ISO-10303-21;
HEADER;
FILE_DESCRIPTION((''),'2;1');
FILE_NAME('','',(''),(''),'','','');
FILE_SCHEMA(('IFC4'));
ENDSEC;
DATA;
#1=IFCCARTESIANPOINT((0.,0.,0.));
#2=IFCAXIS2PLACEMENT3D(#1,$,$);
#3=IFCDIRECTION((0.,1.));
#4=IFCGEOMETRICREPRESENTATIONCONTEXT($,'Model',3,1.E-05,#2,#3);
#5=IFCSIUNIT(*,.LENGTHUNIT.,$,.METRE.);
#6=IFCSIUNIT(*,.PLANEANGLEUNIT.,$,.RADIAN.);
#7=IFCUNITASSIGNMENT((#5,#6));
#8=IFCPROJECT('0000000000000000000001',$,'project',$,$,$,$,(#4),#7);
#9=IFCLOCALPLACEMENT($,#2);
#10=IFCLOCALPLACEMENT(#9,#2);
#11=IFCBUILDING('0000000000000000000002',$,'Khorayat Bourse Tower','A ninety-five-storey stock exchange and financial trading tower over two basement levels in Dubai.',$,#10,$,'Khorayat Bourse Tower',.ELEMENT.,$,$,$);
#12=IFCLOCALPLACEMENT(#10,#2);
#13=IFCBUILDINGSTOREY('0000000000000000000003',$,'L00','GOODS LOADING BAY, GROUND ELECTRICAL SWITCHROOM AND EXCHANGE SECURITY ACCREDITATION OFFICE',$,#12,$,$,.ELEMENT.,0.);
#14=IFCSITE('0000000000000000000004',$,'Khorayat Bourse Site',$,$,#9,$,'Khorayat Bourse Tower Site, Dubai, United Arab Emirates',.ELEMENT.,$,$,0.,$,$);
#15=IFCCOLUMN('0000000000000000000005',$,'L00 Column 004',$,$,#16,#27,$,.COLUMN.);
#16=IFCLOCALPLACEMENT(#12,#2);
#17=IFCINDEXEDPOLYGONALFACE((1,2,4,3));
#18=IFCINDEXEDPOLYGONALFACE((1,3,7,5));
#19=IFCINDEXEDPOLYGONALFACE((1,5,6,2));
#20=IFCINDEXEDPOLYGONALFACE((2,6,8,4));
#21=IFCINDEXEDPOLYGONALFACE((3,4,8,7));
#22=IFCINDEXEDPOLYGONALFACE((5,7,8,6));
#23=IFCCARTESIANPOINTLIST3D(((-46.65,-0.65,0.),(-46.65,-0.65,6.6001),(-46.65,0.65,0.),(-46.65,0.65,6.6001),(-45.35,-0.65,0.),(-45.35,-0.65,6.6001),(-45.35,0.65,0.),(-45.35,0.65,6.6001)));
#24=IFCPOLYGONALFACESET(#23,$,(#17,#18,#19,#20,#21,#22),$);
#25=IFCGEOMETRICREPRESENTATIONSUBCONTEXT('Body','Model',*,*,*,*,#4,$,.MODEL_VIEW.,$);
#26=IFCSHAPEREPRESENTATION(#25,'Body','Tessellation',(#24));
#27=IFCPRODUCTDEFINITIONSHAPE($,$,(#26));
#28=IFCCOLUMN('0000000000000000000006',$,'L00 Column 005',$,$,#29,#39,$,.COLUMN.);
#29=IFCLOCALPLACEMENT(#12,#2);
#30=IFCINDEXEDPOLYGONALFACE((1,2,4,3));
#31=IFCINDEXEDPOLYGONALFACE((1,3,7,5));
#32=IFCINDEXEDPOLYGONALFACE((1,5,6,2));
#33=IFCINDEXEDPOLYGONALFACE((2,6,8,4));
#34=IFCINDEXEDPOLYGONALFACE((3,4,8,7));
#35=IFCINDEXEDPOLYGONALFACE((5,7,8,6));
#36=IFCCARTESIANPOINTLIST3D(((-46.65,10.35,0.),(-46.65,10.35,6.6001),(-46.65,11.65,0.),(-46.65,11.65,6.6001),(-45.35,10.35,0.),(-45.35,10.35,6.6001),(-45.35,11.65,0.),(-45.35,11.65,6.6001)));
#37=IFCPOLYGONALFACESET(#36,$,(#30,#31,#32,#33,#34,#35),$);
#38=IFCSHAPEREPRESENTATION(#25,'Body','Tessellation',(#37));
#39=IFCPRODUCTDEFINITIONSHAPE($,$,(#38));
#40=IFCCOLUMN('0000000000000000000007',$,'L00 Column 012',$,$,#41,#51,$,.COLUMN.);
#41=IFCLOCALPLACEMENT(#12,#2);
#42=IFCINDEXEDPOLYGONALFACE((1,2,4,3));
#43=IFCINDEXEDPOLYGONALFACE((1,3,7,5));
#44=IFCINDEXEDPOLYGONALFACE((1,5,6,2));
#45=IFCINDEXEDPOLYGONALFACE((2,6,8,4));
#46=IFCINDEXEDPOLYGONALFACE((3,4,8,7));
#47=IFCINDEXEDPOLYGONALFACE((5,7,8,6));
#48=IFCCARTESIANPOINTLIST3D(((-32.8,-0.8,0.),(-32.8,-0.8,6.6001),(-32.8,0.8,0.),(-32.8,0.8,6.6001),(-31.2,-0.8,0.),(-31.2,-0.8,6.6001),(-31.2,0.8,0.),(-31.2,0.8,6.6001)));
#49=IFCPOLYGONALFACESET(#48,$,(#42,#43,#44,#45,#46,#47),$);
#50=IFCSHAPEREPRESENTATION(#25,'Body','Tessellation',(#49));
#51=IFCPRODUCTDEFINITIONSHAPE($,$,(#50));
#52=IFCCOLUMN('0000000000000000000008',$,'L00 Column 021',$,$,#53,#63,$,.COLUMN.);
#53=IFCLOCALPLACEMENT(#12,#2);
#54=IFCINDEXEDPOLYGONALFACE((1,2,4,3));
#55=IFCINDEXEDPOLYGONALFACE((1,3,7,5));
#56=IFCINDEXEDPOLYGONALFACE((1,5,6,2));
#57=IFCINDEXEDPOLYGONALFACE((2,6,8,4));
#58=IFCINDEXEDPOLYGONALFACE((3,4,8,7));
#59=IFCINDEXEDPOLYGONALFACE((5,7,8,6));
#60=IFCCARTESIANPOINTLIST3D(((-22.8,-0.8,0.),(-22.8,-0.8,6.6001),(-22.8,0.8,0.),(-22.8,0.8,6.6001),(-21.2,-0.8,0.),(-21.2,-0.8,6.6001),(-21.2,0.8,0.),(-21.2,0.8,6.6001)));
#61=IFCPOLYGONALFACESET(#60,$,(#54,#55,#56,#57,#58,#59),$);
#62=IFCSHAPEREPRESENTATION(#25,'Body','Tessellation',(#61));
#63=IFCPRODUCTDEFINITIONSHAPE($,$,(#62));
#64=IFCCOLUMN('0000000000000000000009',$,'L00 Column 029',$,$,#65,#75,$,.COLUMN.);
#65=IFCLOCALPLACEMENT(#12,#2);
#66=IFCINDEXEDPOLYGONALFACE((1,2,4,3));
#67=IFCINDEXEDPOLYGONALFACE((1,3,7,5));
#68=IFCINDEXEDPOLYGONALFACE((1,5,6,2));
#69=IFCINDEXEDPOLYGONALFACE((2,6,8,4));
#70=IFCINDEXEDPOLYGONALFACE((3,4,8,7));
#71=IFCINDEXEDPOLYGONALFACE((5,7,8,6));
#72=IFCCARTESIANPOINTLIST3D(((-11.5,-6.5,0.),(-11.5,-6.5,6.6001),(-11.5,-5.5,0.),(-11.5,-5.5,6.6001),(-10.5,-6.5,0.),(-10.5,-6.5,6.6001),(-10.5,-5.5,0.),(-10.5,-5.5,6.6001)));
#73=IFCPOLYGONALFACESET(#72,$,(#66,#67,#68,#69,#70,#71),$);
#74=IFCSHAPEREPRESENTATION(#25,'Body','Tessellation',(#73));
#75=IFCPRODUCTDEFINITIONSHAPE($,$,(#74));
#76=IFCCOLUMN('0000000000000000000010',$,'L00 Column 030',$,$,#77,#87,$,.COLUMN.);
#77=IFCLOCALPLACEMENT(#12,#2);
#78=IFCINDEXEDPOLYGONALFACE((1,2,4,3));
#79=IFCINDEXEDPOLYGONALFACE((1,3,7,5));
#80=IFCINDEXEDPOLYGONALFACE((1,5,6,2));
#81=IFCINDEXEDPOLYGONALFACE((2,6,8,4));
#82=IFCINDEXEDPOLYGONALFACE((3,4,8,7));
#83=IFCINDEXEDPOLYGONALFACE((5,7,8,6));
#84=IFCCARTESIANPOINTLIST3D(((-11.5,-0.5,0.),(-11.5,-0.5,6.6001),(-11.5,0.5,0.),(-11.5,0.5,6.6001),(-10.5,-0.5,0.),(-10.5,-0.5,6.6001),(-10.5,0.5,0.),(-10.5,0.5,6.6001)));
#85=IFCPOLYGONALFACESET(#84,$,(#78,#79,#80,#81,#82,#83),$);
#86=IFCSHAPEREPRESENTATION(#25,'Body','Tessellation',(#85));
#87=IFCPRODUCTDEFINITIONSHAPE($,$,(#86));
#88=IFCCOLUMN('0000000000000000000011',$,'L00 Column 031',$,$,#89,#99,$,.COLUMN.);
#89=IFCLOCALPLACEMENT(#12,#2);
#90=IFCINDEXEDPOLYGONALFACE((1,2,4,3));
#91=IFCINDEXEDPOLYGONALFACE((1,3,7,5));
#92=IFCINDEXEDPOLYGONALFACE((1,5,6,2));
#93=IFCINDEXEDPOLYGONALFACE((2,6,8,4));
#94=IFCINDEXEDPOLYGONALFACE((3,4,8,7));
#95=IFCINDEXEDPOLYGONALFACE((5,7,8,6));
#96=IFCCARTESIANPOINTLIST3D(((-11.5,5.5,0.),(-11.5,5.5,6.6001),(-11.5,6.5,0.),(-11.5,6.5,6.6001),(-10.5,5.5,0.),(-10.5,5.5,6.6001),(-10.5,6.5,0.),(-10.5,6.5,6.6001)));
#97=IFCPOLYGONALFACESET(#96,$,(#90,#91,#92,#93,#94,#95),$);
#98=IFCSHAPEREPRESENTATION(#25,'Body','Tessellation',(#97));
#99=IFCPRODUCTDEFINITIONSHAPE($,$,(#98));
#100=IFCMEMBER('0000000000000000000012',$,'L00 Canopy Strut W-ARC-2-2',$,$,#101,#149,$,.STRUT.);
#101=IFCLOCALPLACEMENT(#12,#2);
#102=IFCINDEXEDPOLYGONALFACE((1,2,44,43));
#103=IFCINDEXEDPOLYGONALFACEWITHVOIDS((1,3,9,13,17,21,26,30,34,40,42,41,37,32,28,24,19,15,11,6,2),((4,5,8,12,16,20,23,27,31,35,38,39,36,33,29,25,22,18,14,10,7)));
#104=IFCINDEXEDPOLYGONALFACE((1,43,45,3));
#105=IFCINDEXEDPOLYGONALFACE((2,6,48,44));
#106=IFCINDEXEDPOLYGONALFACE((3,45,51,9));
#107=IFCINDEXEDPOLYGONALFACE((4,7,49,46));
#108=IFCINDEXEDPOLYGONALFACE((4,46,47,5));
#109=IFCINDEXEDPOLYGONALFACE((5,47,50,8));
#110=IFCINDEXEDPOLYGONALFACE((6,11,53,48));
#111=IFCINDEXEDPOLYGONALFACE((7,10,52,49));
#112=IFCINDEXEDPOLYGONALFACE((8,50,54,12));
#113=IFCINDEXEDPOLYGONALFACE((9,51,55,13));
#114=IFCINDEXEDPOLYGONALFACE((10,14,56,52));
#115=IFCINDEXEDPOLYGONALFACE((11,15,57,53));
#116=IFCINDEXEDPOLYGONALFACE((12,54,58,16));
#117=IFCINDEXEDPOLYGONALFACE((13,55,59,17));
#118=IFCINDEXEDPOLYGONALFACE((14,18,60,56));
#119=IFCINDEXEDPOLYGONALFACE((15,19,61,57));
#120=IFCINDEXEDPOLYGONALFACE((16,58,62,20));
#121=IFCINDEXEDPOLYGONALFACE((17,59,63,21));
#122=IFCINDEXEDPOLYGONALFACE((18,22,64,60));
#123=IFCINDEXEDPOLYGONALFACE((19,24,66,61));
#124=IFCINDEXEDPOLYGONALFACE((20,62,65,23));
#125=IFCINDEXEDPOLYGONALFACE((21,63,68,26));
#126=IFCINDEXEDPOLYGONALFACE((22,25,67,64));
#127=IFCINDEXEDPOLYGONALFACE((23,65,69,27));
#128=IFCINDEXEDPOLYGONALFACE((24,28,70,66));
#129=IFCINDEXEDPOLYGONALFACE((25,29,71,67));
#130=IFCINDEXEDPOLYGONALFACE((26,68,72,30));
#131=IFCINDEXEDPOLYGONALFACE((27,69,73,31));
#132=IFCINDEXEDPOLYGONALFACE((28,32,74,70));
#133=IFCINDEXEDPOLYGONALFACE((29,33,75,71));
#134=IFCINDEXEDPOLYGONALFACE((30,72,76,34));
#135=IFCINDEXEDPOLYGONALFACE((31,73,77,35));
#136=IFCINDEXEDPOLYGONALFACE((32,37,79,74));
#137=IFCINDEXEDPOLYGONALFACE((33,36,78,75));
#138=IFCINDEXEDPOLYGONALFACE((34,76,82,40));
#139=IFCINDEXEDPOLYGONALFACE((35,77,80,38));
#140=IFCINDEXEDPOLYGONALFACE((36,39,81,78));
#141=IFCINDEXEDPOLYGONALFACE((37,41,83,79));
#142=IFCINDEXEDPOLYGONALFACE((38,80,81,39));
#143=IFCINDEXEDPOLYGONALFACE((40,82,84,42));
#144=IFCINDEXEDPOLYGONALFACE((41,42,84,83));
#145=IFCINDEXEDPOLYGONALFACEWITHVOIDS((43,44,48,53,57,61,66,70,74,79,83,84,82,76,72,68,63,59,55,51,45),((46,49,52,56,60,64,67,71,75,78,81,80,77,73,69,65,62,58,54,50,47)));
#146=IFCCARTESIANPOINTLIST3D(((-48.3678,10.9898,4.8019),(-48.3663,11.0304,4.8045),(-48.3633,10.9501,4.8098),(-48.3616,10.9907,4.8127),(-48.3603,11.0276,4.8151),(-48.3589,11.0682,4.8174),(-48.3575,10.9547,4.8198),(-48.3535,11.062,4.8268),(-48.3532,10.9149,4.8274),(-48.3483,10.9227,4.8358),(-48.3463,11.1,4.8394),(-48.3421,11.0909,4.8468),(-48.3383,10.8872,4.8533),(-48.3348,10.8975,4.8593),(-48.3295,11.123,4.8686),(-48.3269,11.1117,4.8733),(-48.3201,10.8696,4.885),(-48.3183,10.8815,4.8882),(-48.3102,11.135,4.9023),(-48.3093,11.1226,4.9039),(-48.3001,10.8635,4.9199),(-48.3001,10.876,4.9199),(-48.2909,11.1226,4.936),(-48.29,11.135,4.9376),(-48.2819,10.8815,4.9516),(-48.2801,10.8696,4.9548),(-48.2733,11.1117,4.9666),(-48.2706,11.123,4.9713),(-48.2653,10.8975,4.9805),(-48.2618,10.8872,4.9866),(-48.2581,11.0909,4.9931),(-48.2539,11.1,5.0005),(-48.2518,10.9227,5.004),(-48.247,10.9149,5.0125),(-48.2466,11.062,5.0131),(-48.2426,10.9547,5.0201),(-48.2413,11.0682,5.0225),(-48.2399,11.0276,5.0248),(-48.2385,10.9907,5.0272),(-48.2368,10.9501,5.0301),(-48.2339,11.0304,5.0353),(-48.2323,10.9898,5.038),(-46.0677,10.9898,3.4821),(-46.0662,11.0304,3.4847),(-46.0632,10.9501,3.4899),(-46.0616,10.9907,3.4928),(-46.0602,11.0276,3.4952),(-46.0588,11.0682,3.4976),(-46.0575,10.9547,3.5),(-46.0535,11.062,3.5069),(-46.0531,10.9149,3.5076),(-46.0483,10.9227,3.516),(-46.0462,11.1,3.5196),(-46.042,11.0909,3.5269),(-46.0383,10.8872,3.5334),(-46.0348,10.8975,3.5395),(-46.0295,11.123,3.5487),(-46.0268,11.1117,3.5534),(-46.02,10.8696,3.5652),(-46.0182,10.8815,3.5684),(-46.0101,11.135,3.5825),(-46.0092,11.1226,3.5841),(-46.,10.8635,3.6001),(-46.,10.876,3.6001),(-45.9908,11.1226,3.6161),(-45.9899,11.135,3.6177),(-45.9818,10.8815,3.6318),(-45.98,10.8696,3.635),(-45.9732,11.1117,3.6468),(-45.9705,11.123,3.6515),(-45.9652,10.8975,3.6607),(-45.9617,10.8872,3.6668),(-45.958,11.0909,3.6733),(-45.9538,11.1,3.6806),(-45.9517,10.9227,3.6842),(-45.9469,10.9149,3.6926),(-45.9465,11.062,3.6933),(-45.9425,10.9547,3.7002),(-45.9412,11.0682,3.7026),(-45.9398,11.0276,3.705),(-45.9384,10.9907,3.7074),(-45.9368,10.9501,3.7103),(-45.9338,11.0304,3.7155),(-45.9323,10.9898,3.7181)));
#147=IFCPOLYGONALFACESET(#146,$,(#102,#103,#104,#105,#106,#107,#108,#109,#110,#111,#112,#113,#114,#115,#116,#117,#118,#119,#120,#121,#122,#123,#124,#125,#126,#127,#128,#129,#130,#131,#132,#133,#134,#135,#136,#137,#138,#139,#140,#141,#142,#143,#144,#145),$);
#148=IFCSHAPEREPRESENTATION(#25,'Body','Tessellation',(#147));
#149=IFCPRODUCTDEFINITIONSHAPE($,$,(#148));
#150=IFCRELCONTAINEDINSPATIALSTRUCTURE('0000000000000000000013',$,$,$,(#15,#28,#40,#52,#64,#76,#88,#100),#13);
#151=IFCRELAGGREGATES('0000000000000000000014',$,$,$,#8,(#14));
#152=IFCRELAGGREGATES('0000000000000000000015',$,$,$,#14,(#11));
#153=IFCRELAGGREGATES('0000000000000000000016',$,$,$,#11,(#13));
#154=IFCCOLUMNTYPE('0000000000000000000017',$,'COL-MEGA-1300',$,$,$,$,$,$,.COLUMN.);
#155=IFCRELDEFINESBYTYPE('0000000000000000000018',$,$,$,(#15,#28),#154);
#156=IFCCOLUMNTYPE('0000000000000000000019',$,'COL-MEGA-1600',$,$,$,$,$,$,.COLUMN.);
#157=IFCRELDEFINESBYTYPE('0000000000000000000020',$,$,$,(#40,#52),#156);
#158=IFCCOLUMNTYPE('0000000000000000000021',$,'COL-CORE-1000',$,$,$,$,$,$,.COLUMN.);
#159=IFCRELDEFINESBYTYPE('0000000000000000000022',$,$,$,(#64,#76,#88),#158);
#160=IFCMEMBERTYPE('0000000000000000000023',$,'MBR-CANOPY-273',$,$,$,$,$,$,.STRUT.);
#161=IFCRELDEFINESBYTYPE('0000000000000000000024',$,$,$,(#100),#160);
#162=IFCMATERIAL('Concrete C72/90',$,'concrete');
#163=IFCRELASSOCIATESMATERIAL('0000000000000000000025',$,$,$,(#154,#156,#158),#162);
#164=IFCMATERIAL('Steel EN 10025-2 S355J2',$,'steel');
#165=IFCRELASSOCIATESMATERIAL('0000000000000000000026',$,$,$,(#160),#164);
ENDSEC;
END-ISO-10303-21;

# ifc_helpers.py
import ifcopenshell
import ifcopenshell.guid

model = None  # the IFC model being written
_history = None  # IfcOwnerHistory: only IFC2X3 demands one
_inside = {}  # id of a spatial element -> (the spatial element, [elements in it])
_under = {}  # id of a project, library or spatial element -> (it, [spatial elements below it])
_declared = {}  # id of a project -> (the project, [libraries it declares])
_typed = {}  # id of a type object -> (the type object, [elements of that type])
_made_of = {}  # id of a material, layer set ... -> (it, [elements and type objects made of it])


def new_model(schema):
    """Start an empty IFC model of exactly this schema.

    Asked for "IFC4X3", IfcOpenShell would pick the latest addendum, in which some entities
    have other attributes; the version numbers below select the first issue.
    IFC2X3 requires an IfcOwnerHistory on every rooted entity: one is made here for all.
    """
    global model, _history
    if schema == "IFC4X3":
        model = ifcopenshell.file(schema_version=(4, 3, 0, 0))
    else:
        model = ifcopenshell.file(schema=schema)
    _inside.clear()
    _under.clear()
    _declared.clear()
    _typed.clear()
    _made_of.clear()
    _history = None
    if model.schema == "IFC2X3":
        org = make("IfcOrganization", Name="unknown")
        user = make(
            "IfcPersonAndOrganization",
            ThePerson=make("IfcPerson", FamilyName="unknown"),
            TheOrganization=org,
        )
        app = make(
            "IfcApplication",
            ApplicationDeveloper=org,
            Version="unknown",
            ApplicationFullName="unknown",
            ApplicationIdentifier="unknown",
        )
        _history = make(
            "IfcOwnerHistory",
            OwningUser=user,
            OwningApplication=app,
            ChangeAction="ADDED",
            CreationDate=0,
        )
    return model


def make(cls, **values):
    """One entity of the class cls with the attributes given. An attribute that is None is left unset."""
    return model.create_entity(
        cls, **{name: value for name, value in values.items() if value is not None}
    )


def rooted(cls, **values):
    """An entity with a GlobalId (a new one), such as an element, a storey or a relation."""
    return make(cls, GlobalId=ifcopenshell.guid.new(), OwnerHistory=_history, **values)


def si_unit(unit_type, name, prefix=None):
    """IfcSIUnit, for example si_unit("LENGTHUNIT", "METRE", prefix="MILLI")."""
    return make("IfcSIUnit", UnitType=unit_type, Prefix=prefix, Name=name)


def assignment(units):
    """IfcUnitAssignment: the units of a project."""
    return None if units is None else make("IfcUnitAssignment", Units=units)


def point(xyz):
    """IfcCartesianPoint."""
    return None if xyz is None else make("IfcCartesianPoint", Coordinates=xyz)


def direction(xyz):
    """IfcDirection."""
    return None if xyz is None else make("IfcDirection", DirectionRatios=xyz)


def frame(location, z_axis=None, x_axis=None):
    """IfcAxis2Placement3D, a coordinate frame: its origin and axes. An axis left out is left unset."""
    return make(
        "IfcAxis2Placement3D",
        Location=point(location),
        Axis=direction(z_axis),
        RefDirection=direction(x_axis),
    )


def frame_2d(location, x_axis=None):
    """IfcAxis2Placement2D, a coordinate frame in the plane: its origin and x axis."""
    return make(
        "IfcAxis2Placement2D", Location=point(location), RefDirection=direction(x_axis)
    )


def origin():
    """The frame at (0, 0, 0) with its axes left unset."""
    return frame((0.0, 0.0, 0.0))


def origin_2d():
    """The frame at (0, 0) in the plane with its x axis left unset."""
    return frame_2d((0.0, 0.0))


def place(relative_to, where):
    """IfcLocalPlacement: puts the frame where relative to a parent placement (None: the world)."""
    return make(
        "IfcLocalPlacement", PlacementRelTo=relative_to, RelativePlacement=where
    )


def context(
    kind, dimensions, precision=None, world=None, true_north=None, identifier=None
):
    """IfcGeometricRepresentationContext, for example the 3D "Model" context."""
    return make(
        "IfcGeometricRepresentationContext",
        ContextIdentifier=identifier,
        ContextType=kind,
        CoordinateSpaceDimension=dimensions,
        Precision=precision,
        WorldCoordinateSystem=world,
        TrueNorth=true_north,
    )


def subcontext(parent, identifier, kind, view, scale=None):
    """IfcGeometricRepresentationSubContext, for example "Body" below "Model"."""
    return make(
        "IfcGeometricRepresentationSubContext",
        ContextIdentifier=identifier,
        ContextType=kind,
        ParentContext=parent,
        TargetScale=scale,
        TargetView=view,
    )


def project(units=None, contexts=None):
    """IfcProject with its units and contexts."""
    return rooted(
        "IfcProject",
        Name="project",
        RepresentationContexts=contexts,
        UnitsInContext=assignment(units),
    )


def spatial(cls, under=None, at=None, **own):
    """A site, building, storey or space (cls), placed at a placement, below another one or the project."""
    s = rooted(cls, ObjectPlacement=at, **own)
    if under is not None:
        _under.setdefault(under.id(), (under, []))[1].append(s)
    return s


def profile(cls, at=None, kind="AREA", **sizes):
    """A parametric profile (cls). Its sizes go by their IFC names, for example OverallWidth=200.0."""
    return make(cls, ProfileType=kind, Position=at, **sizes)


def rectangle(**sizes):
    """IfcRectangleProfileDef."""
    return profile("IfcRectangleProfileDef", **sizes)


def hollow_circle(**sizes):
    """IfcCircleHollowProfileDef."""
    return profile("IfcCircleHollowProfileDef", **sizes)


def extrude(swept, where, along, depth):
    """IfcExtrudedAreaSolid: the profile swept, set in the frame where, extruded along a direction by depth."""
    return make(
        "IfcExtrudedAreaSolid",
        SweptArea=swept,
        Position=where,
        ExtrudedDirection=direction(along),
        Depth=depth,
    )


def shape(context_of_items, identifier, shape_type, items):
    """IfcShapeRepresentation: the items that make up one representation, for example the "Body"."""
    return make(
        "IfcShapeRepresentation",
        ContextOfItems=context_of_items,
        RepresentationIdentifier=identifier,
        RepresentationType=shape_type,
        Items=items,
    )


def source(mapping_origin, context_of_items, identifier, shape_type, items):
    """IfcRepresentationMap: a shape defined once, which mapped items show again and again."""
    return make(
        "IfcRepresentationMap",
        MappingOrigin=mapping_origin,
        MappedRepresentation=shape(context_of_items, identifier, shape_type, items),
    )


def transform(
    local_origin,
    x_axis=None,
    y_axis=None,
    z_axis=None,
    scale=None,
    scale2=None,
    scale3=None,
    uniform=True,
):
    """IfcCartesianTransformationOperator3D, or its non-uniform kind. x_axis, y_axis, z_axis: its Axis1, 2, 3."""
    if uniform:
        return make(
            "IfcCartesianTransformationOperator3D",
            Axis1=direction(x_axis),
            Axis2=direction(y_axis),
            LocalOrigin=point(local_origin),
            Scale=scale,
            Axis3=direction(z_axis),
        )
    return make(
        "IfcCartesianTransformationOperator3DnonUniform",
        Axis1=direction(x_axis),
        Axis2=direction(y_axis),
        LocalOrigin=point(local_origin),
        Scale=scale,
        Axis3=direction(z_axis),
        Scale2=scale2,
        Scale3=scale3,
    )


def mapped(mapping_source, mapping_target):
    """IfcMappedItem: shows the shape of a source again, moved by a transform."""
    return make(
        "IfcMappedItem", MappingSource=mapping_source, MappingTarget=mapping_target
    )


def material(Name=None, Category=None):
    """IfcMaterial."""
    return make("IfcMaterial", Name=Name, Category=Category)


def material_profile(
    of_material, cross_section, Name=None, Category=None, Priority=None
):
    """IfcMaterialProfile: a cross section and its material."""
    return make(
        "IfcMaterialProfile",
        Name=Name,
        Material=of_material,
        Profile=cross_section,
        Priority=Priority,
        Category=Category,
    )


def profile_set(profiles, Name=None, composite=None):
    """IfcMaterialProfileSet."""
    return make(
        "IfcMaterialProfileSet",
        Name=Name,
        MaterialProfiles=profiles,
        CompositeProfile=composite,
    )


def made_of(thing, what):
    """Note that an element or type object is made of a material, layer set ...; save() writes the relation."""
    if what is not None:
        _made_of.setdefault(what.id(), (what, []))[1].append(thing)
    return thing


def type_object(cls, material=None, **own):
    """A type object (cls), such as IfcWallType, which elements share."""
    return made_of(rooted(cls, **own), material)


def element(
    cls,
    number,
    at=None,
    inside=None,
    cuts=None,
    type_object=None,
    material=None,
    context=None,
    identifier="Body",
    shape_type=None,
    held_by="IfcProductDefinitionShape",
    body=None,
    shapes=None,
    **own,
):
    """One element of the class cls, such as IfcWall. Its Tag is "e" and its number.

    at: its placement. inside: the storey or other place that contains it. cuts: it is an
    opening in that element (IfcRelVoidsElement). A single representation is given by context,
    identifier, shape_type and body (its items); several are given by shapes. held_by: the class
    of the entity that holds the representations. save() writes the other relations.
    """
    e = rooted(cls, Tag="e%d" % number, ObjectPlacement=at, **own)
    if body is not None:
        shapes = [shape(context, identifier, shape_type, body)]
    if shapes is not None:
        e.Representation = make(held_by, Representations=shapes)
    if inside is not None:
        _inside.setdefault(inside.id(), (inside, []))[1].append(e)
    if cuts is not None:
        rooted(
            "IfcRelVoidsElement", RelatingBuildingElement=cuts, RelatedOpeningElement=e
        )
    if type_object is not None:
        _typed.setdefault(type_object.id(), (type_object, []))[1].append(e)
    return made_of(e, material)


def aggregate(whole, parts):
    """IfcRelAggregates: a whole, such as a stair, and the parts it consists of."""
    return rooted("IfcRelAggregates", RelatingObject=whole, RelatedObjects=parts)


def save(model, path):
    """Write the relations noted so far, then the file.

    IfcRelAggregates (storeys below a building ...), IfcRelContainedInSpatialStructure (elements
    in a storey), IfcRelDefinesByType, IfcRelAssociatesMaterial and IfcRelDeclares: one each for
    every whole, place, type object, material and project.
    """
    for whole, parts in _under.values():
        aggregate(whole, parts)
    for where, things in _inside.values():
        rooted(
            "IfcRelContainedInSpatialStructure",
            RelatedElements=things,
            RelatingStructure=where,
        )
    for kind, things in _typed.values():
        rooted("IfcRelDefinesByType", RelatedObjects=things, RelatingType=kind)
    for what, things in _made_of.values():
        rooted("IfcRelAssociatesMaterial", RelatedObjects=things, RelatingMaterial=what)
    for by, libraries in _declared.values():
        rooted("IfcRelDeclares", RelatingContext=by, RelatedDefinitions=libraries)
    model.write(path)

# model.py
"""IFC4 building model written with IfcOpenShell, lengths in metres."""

from ifc_helpers import new_model, si_unit, direction, frame, origin, origin_2d, place, context, subcontext, project, spatial, rectangle, hollow_circle, extrude, source, transform, mapped, material, material_profile, profile_set, type_object, element, save


model = new_model("IFC4")

# Units and contexts
model_context = context("Model", 3, precision=1e-05, world=origin(), true_north=direction((0.0, 1.0)))
body_context = subcontext(model_context, "Body", "Model", "MODEL_VIEW")
ifc_project = project(units=[si_unit("LENGTHUNIT", "METRE"), si_unit("PLANEANGLEUNIT", "RADIAN")], contexts=[model_context])

# Site, building, storey
site_placement = place(None, origin())
site = spatial("IfcSite", under=ifc_project, at=site_placement, Name="Khorayat Bourse Site", LongName="Khorayat Bourse Tower Site, Dubai, United Arab Emirates", CompositionType="ELEMENT", RefElevation=0.0)
building_placement = place(site_placement, origin())
building = spatial("IfcBuilding", under=site, at=building_placement, Name="Khorayat Bourse Tower", Description="A ninety-five-storey stock exchange and financial trading tower over two basement levels in Dubai.", LongName="Khorayat Bourse Tower", CompositionType="ELEMENT")
storey_placement = place(building_placement, origin())
storey = spatial("IfcBuildingStorey", under=building, at=storey_placement, Name="L00", Description="GOODS LOADING BAY, GROUND ELECTRICAL SWITCHROOM AND EXCHANGE SECURITY ACCREDITATION OFFICE", CompositionType="ELEMENT", Elevation=0.0)

# Columns
ifc_material_1 = material(Name="Concrete C72/90", Category="concrete")
ifc_material_profile_1 = material_profile(ifc_material_1, rectangle(XDim=1.3, YDim=1.3, at=origin_2d()), Name="RC 1300x1300")
ifc_profile_set_1 = profile_set([ifc_material_profile_1], Name="Concrete C72/90")
column_type_1 = type_object("IfcColumnType", Name="COL-MEGA-1300", PredefinedType="COLUMN", material=ifc_profile_set_1)
shared_shape_1 = source(origin(), body_context, "Body", "SweptSolid", [
    extrude(rectangle(XDim=1.3, YDim=1.3, at=origin_2d()), origin(), (0.0, 0.0, 1.0), 6.6001),
])
for number, where, z_axis, x_axis, name in (
    (1, (-46.0, 0.0, 0.0), (0.0, 0.0, 1.0), (1.0, 0.0, 0.0), "L00 Column 004"),
    (2, (-46.0, 11.0, 0.0), (0.0, 0.0, 1.0), (1.0, 0.0, 0.0), "L00 Column 005"),
):
    element("IfcColumn", number, at=place(storey_placement, frame(where, z_axis=z_axis, x_axis=x_axis)), inside=storey, type_object=column_type_1, Name=name, PredefinedType="COLUMN", context=body_context, shape_type="MappedRepresentation", body=[
        mapped(shared_shape_1, transform((0.0, 0.0, 0.0), scale=1.0)),
    ])
ifc_material_profile_2 = material_profile(ifc_material_1, rectangle(XDim=1.6001, YDim=1.6001, at=origin_2d()), Name="RC 1600x1600")
ifc_profile_set_2 = profile_set([ifc_material_profile_2], Name="Concrete C72/90")
column_type_2 = type_object("IfcColumnType", Name="COL-MEGA-1600", PredefinedType="COLUMN", material=ifc_profile_set_2)
shared_shape_2 = source(origin(), body_context, "Body", "SweptSolid", [
    extrude(rectangle(XDim=1.6001, YDim=1.6001, at=origin_2d()), origin(), (0.0, 0.0, 1.0), 6.6001),
])
for number, where, z_axis, x_axis, name in (
    (3, (-32.0, 0.0, 0.0), (0.0, 0.0, 1.0), (1.0, 0.0, 0.0), "L00 Column 012"),
    (4, (-22.0, 0.0, 0.0), (0.0, 0.0, 1.0), (1.0, 0.0, 0.0), "L00 Column 021"),
):
    element("IfcColumn", number, at=place(storey_placement, frame(where, z_axis=z_axis, x_axis=x_axis)), inside=storey, type_object=column_type_2, Name=name, PredefinedType="COLUMN", context=body_context, shape_type="MappedRepresentation", body=[
        mapped(shared_shape_2, transform((0.0, 0.0, 0.0), scale=1.0)),
    ])
ifc_material_profile_3 = material_profile(ifc_material_1, rectangle(XDim=1.0, YDim=1.0, at=origin_2d()), Name="RC 1000x1000")
ifc_profile_set_3 = profile_set([ifc_material_profile_3], Name="Concrete C72/90")
column_type_3 = type_object("IfcColumnType", Name="COL-CORE-1000", PredefinedType="COLUMN", material=ifc_profile_set_3)
shared_shape_3 = source(origin(), body_context, "Body", "SweptSolid", [
    extrude(rectangle(XDim=1.0, YDim=1.0, at=origin_2d()), origin(), (0.0, 0.0, 1.0), 6.6001),
])
for number, where, z_axis, x_axis, name in (
    (5, (-11.0, -6.0, 0.0), (0.0, 0.0, 1.0), (1.0, 0.0, 0.0), "L00 Column 029"),
    (6, (-11.0, 0.0, 0.0), (0.0, 0.0, 1.0), (1.0, 0.0, 0.0), "L00 Column 030"),
    (7, (-11.0, 6.0, 0.0), (0.0, 0.0, 1.0), (1.0, 0.0, 0.0), "L00 Column 031"),
):
    element("IfcColumn", number, at=place(storey_placement, frame(where, z_axis=z_axis, x_axis=x_axis)), inside=storey, type_object=column_type_3, Name=name, PredefinedType="COLUMN", context=body_context, shape_type="MappedRepresentation", body=[
        mapped(shared_shape_3, transform((0.0, 0.0, 0.0), scale=1.0)),
    ])

# Member
ifc_material_2 = material(Name="Steel EN 10025-2 S355J2", Category="steel")
ifc_material_profile_4 = material_profile(ifc_material_2, hollow_circle(Radius=0.1365, WallThickness=0.0125, at=origin_2d()), Name="CHS 273x12.5")
ifc_profile_set_4 = profile_set([ifc_material_profile_4], Name="Steel EN 10025-2 S355J2")
member_type = type_object("IfcMemberType", Name="MBR-CANOPY-273", PredefinedType="STRUT", material=ifc_profile_set_4)
shared_shape_4 = source(origin(), body_context, "Body", "SweptSolid", [
    extrude(hollow_circle(Radius=0.1365, WallThickness=0.0125, at=origin_2d()), origin(), (0.0, 0.0, 1.0), 2.6519),
])
member_placement = place(storey_placement, frame((-46.0, 11.0, 3.6001), z_axis=(-0.867347, 0.0, 0.497705), x_axis=(0.0, -1.0, 0.0)))
element("IfcMember", 8, at=member_placement, inside=storey, type_object=member_type, Name="L00 Canopy Strut W-ARC-2-2", PredefinedType="STRUT", context=body_context, shape_type="MappedRepresentation", body=[
    mapped(shared_shape_4, transform((0.0, 0.0, 0.0), scale=1.0)),
])

save(model, "model.ifc")
